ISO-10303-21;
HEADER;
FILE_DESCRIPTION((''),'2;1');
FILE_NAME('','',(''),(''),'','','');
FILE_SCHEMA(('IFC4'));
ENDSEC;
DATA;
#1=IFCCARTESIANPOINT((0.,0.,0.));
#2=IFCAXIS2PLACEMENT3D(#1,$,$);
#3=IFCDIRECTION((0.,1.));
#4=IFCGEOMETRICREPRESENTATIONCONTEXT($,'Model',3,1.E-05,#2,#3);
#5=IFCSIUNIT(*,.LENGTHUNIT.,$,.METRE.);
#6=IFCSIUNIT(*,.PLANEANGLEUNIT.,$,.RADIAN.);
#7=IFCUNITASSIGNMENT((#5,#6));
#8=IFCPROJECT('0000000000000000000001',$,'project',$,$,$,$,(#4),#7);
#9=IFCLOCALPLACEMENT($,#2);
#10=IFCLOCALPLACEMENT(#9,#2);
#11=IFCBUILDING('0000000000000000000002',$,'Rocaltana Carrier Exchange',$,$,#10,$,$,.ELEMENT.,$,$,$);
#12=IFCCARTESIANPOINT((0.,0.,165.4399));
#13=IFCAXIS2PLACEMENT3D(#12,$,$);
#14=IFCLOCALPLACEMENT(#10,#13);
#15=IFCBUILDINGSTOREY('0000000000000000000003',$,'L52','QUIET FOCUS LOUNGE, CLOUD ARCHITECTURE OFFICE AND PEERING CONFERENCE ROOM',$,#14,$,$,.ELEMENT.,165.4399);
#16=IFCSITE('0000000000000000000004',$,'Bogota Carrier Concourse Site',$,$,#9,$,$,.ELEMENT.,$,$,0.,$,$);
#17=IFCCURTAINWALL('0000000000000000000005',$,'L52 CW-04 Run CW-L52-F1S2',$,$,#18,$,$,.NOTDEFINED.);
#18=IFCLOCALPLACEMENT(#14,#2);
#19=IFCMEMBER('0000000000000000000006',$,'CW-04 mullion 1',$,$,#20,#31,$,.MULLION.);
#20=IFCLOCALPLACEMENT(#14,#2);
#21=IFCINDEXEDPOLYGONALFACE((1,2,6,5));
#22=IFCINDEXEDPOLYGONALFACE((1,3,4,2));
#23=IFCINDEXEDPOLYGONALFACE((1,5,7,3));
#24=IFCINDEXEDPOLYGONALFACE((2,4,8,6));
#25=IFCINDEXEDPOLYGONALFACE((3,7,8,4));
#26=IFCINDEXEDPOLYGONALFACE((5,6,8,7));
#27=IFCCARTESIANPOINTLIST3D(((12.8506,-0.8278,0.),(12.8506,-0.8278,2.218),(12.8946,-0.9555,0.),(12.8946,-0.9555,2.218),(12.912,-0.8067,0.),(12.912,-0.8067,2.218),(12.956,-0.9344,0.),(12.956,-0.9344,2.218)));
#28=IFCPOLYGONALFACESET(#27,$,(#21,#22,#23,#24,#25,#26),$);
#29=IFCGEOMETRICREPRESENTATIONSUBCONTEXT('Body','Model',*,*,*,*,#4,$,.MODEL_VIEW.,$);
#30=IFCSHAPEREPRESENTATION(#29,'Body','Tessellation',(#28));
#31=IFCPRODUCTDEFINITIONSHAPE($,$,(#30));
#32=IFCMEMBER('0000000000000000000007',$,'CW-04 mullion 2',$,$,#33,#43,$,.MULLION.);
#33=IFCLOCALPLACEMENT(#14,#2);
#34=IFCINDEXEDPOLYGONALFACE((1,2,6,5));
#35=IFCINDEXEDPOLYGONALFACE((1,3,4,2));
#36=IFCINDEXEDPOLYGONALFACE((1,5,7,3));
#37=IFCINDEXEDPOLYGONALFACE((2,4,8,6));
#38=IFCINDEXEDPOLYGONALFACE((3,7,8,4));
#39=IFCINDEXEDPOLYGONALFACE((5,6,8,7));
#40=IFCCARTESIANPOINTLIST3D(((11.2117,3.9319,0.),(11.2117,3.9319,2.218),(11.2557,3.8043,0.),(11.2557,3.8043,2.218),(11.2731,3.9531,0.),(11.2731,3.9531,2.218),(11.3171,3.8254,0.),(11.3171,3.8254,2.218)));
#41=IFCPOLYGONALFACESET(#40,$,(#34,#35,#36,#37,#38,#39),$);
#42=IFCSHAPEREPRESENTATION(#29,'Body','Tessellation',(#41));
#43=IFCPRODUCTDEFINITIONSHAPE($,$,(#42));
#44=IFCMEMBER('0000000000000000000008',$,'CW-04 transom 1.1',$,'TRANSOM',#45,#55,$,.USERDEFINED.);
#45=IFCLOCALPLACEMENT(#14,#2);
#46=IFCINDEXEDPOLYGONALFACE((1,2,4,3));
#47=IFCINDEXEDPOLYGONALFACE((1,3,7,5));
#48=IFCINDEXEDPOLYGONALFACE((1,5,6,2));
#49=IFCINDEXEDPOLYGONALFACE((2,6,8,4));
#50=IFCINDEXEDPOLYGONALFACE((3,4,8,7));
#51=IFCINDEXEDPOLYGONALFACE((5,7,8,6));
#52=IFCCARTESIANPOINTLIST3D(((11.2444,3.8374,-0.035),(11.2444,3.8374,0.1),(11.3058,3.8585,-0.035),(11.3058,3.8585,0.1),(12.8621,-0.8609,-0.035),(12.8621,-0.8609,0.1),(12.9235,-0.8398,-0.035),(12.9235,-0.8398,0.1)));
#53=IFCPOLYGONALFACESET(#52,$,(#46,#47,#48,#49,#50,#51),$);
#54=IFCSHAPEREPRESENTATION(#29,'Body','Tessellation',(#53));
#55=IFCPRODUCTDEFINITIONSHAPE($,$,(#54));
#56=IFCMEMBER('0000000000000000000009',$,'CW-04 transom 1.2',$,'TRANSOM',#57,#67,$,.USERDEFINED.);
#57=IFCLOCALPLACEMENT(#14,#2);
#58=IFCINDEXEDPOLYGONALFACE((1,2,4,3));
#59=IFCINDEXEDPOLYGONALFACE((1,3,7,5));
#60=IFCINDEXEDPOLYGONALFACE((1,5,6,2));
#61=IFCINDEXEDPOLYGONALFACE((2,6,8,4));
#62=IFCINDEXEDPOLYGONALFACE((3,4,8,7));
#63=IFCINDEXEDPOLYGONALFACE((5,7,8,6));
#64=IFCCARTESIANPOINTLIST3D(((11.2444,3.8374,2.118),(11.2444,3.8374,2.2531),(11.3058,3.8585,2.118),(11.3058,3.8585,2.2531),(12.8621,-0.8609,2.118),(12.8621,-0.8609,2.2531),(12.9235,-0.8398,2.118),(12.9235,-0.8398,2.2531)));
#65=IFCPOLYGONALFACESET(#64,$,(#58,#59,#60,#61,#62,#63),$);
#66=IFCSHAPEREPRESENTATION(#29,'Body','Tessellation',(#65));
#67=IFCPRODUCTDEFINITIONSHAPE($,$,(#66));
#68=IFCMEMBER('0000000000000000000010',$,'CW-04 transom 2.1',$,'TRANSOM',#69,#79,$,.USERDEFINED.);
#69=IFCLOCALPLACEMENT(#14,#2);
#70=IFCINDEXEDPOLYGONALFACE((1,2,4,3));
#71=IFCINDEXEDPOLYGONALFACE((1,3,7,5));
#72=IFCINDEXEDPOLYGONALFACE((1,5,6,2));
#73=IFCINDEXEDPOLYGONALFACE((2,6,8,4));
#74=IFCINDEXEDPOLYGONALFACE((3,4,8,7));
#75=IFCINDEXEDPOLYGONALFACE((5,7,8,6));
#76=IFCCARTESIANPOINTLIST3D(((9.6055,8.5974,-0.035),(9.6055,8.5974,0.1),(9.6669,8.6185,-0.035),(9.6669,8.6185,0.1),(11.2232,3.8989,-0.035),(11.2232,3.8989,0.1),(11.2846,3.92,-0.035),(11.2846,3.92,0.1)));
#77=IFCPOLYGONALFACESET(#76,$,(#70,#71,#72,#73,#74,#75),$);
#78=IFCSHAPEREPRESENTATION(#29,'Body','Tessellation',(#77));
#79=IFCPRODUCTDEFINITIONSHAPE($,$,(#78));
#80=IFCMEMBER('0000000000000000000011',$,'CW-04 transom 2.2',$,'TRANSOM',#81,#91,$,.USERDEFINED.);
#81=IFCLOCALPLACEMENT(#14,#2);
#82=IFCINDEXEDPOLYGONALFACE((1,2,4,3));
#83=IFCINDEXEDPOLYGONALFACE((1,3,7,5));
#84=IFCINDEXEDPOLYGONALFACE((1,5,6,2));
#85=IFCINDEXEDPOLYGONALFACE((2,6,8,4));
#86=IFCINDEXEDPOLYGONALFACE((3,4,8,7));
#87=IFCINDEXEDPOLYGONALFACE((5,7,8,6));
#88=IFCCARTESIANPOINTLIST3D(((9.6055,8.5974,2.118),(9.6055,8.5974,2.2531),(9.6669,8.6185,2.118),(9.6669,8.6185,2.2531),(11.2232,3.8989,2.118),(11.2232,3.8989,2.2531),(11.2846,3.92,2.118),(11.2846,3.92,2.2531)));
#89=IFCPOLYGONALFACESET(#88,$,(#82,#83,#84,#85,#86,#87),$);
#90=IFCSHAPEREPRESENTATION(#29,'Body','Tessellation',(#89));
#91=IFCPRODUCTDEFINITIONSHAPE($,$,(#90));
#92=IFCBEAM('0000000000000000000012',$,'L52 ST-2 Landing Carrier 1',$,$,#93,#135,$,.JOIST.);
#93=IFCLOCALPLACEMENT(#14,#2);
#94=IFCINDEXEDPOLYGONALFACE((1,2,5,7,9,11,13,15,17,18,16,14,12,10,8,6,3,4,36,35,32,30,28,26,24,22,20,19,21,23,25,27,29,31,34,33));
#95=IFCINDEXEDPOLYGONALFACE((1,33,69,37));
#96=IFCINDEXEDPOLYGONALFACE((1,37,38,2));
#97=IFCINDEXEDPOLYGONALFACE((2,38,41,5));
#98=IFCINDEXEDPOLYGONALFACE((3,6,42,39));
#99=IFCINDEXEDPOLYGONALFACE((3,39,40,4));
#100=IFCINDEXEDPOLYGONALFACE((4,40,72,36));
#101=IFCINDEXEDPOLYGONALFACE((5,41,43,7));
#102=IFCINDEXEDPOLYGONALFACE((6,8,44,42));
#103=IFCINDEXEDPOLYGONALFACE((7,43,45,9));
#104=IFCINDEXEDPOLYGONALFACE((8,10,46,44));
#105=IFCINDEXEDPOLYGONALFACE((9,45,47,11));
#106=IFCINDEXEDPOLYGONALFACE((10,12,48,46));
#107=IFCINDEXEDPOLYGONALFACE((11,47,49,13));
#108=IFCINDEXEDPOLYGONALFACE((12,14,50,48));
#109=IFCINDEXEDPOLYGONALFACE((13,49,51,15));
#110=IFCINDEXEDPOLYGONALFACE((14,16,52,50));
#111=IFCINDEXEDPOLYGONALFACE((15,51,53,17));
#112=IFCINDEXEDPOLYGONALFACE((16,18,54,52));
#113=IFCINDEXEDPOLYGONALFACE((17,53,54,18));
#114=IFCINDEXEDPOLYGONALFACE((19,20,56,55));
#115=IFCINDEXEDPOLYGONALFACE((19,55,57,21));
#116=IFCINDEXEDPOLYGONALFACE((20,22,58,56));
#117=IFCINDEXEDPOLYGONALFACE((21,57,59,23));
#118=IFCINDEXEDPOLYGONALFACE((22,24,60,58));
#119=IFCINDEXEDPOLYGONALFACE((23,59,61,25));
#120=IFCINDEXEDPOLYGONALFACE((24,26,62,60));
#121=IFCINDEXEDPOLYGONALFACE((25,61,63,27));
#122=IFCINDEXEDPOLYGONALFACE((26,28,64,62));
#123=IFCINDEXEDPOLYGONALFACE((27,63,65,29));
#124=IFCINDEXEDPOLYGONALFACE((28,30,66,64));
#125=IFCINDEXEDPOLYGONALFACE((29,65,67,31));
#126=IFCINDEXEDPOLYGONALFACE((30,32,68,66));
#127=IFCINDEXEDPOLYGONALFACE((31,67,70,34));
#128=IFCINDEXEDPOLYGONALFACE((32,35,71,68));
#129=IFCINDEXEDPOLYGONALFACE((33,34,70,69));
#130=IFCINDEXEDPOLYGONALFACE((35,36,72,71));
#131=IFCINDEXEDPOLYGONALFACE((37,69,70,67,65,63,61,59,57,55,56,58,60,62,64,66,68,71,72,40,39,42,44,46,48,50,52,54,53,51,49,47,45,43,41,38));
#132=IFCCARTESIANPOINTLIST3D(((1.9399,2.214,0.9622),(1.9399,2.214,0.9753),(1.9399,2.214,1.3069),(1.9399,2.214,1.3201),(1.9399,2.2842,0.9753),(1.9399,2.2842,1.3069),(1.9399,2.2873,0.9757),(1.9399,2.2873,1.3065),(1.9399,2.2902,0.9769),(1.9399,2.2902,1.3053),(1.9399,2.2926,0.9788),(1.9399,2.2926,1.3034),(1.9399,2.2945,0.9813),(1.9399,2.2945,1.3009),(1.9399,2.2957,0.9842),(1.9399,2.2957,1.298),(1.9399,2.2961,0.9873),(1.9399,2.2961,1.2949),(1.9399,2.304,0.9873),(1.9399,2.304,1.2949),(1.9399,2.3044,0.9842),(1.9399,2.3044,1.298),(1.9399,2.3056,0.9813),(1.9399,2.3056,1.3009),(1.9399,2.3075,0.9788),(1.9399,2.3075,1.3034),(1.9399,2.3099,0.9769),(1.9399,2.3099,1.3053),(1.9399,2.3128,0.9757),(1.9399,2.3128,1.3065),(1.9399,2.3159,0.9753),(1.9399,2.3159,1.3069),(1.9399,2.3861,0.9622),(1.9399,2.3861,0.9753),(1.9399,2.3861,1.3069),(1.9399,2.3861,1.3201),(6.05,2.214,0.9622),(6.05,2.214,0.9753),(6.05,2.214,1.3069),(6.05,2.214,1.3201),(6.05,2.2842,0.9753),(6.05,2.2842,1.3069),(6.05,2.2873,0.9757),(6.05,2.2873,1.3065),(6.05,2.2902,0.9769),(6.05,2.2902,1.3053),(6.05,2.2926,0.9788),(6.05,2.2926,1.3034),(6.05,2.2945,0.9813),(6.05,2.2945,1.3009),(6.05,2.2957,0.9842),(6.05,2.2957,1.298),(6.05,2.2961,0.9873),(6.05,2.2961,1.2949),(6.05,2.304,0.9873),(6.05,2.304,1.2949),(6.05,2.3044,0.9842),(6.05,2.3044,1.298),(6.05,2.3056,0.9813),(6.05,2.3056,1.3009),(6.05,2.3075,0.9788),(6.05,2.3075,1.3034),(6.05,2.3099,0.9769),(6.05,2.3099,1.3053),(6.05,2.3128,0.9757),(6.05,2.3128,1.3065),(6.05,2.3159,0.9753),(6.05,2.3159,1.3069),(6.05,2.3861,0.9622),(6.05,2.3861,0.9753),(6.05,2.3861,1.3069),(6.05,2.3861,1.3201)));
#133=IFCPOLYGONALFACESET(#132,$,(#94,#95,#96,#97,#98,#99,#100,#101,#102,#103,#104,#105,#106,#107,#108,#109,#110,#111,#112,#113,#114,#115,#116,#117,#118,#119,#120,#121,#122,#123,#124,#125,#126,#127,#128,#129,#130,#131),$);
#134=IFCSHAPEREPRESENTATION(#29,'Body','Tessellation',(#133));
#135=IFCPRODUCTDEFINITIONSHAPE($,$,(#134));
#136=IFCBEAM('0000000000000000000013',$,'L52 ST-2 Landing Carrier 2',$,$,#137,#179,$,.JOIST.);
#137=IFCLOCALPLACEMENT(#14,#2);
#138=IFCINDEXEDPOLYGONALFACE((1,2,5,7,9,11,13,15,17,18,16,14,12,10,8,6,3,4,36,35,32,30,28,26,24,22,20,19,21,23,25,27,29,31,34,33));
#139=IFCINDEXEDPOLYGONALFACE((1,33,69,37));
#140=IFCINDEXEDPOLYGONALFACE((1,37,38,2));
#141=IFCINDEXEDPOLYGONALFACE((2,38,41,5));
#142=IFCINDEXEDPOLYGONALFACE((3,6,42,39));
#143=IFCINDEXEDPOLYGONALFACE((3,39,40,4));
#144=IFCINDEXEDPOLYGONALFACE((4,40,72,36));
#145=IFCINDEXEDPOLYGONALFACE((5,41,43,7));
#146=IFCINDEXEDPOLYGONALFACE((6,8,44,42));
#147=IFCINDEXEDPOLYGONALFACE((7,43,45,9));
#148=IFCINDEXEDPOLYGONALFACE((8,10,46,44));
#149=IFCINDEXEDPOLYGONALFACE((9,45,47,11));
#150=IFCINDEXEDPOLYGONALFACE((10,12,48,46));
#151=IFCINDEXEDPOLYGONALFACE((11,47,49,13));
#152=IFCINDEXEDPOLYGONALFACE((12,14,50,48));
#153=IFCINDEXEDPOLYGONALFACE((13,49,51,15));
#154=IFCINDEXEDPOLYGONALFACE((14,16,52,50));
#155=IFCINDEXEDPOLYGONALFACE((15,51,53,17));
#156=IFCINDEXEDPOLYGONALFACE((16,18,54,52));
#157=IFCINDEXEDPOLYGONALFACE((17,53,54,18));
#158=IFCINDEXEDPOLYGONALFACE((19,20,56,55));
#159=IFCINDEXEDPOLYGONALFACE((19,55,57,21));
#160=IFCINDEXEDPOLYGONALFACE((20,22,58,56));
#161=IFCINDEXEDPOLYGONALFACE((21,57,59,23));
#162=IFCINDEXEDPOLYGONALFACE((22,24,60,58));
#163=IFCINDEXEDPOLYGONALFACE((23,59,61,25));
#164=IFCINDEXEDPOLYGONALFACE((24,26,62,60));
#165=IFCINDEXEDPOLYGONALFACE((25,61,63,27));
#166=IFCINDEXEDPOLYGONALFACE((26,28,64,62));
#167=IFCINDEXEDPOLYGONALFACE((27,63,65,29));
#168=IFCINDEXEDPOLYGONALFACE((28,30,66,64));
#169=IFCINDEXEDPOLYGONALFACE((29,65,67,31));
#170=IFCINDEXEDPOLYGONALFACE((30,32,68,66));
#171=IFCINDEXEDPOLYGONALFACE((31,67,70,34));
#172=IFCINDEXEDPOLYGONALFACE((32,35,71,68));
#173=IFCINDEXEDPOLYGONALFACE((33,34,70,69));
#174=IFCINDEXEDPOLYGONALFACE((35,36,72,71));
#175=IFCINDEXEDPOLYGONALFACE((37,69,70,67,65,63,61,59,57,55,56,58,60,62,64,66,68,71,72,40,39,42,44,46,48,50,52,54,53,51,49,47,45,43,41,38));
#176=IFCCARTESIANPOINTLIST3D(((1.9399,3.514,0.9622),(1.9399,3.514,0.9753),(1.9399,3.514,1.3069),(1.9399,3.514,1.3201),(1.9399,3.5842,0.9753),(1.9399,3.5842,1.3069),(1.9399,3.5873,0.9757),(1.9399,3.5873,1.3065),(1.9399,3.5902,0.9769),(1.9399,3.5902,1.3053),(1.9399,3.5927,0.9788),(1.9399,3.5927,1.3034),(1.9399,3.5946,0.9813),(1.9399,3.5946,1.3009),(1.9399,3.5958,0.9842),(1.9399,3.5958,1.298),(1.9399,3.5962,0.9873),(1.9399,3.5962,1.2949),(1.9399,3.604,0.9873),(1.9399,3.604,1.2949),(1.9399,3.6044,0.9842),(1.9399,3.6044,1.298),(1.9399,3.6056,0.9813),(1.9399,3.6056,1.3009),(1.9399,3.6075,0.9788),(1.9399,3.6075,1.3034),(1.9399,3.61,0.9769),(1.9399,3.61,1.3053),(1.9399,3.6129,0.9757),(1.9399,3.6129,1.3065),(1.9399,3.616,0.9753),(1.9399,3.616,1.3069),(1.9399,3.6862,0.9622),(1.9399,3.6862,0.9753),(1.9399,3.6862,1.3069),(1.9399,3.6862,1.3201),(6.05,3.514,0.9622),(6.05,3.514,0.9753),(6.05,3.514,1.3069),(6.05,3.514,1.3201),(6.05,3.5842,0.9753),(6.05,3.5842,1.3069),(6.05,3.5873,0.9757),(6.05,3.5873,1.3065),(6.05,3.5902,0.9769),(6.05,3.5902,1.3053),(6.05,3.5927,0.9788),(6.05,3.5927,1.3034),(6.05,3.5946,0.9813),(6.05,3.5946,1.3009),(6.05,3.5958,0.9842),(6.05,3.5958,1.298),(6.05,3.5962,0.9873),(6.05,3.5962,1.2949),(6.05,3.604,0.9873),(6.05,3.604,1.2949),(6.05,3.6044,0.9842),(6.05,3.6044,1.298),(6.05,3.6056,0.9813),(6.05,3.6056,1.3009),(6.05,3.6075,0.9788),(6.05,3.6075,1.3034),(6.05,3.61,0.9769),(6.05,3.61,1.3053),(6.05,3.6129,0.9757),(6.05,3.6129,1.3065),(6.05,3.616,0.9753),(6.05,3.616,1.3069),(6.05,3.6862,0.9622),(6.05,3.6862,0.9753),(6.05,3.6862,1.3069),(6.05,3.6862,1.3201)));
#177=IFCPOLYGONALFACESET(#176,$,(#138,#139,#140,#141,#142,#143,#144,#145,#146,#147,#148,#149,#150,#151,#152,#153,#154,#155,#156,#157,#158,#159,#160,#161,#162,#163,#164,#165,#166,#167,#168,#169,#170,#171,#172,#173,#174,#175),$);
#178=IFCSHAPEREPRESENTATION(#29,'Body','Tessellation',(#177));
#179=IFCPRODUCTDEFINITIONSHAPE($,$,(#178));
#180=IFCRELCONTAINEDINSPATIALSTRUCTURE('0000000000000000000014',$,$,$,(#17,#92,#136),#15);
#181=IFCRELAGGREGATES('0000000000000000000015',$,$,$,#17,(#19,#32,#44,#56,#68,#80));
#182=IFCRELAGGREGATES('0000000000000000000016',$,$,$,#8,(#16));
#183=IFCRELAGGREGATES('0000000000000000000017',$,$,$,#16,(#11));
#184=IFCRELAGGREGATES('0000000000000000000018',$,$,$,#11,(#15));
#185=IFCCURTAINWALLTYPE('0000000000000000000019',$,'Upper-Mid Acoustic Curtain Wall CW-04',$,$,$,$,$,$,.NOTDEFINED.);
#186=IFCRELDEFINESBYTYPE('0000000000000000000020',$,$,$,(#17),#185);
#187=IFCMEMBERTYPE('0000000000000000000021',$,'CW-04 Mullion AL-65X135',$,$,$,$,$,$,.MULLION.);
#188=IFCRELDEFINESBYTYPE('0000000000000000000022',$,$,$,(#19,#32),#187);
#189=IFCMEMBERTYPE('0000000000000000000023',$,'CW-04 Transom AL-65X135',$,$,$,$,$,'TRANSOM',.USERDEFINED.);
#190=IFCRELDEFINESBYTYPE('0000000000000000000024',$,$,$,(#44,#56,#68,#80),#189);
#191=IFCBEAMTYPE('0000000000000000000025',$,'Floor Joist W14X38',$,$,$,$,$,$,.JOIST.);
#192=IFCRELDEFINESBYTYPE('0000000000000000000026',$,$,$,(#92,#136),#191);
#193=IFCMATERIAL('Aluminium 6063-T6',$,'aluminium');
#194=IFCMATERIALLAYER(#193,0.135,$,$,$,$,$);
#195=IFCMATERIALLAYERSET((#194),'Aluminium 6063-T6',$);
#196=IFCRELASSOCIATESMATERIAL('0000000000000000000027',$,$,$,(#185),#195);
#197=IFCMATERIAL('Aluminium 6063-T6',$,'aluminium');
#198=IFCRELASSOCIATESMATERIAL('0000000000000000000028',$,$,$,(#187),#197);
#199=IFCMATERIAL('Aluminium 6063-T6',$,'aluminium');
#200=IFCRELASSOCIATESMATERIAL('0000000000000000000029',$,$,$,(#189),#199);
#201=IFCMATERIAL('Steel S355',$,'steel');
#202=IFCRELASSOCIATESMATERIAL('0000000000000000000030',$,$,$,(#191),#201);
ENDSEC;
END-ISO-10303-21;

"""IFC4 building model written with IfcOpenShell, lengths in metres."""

from ifc_helpers import new_model, si_unit, direction, frame, origin, origin_2d, place, context, subcontext, project, spatial, rectangle, i_section, extrude, material, layer, layer_set, material_profile, profile_set, type_object, element, aggregate, save


model = new_model("IFC4")

# Units and contexts
model_context = context("Model", 3, precision=1e-05, world=origin(), true_north=direction((0.0, 1.0)))
body_context = subcontext(model_context, "Body", "Model", "MODEL_VIEW")
ifc_project = project(units=[si_unit("LENGTHUNIT", "METRE"), si_unit("PLANEANGLEUNIT", "RADIAN")], contexts=[model_context])

# Site, building, storey
site_placement = place(None, origin())
site = spatial("IfcSite", under=ifc_project, at=site_placement, Name="Bogota Carrier Concourse Site", CompositionType="ELEMENT", RefElevation=0.0)
building_placement = place(site_placement, origin())
building = spatial("IfcBuilding", under=site, at=building_placement, Name="Rocaltana Carrier Exchange", CompositionType="ELEMENT")
storey_placement = place(building_placement, frame((0.0, 0.0, 165.4399)))
storey = spatial("IfcBuildingStorey", under=building, at=storey_placement, Name="L52", Description="QUIET FOCUS LOUNGE, CLOUD ARCHITECTURE OFFICE AND PEERING CONFERENCE ROOM", CompositionType="ELEMENT", Elevation=165.4399)

# Curtain wall, members
ifc_material_1 = material(Name="Aluminium 6063-T6", Category="aluminium")
ifc_layer_1 = layer(ifc_material_1, 0.135)
ifc_layer_set_1 = layer_set([ifc_layer_1], Name="Aluminium 6063-T6")
curtain_wall_type = type_object("IfcCurtainWallType", Name="Upper-Mid Acoustic Curtain Wall CW-04", PredefinedType="NOTDEFINED", material=ifc_layer_set_1)
curtain_wall_placement = place(storey_placement, origin())
curtain_wall = element("IfcCurtainWall", 1, at=curtain_wall_placement, inside=storey, type_object=curtain_wall_type, Name="L52 CW-04 Run CW-L52-F1S2", PredefinedType="NOTDEFINED")
ifc_material_2 = material(Name="Aluminium 6063-T6", Category="aluminium")
ifc_material_profile_1 = material_profile(ifc_material_2, rectangle(XDim=0.0649, YDim=0.135, at=origin_2d()), Name="AL-65X135")
ifc_profile_set_1 = profile_set([ifc_material_profile_1], Name="Aluminium 6063-T6")
member_type_1 = type_object("IfcMemberType", Name="CW-04 Mullion AL-65X135", PredefinedType="MULLION", material=ifc_profile_set_1)
member_1_placement = place(storey_placement, frame((12.9033, -0.8811, 0.0), z_axis=(0.0, 0.0, 1.0), x_axis=(-0.945521, -0.325562, 0.0)))
member_1 = element("IfcMember", 2, at=member_1_placement, type_object=member_type_1, Name="CW-04 mullion 1", PredefinedType="MULLION", context=body_context, shape_type="SweptSolid", body=[
    extrude(rectangle(XDim=0.0649, YDim=0.135, at=origin_2d()), origin(), (0.0, 0.0, 1.0), 2.218),
])
member_2_placement = place(storey_placement, frame((11.2644, 3.8787, 0.0), z_axis=(0.0, 0.0, 1.0), x_axis=(-0.945521, -0.325562, 0.0)))
member_2 = element("IfcMember", 3, at=member_2_placement, type_object=member_type_1, Name="CW-04 mullion 2", PredefinedType="MULLION", context=body_context, shape_type="SweptSolid", body=[
    extrude(rectangle(XDim=0.0649, YDim=0.135, at=origin_2d()), origin(), (0.0, 0.0, 1.0), 2.218),
])
ifc_material_3 = material(Name="Aluminium 6063-T6", Category="aluminium")
ifc_material_profile_2 = material_profile(ifc_material_3, rectangle(XDim=0.0649, YDim=0.135, at=origin_2d()), Name="AL-65X135")
ifc_profile_set_2 = profile_set([ifc_material_profile_2], Name="Aluminium 6063-T6")
member_type_2 = type_object("IfcMemberType", Name="CW-04 Transom AL-65X135", ElementType="TRANSOM", PredefinedType="USERDEFINED", material=ifc_profile_set_2)
member_3_placement = place(storey_placement, frame((12.8928, -0.8503, 0.0325), z_axis=(-0.325558, 0.945522, 0.0), x_axis=(-0.945522, -0.325558, 0.0)))
member_3 = element("IfcMember", 4, at=member_3_placement, type_object=member_type_2, Name="CW-04 transom 1.1", ObjectType="TRANSOM", PredefinedType="USERDEFINED", context=body_context, shape_type="SweptSolid", body=[
    extrude(rectangle(XDim=0.0649, YDim=0.135, at=origin_2d()), origin(), (0.0, 0.0, 1.0), 4.969),
])
member_4_placement = place(storey_placement, frame((12.8928, -0.8503, 2.1855), z_axis=(-0.325558, 0.945522, 0.0), x_axis=(-0.945522, -0.325558, 0.0)))
member_4 = element("IfcMember", 5, at=member_4_placement, type_object=member_type_2, Name="CW-04 transom 1.2", ObjectType="TRANSOM", PredefinedType="USERDEFINED", context=body_context, shape_type="SweptSolid", body=[
    extrude(rectangle(XDim=0.0649, YDim=0.135, at=origin_2d()), origin(), (0.0, 0.0, 1.0), 4.969),
])
member_5_placement = place(storey_placement, frame((11.2539, 3.9094, 0.0325), z_axis=(-0.325542, 0.945527, 0.0), x_axis=(-0.945527, -0.325542, 0.0)))
member_5 = element("IfcMember", 6, at=member_5_placement, type_object=member_type_2, Name="CW-04 transom 2.1", ObjectType="TRANSOM", PredefinedType="USERDEFINED", context=body_context, shape_type="SweptSolid", body=[
    extrude(rectangle(XDim=0.0649, YDim=0.135, at=origin_2d()), origin(), (0.0, 0.0, 1.0), 4.9692),
])
member_6_placement = place(storey_placement, frame((11.2539, 3.9094, 2.1855), z_axis=(-0.325542, 0.945527, 0.0), x_axis=(-0.945527, -0.325542, 0.0)))
member_6 = element("IfcMember", 7, at=member_6_placement, type_object=member_type_2, Name="CW-04 transom 2.2", ObjectType="TRANSOM", PredefinedType="USERDEFINED", context=body_context, shape_type="SweptSolid", body=[
    extrude(rectangle(XDim=0.0649, YDim=0.135, at=origin_2d()), origin(), (0.0, 0.0, 1.0), 4.9692),
])

# Beams
ifc_material_4 = material(Name="Steel S355", Category="steel")
ifc_material_profile_3 = material_profile(ifc_material_4, i_section(OverallWidth=0.1721, OverallDepth=0.3579, WebThickness=0.0078, FlangeThickness=0.0132, FilletRadius=0.012, at=origin_2d()), Name="W14X38")
ifc_profile_set_3 = profile_set([ifc_material_profile_3], Name="Steel S355")
beam_type_1 = type_object("IfcBeamType", Name="Floor Joist W14X38", PredefinedType="JOIST", material=ifc_profile_set_3)
for number, where, z_axis, x_axis, name in (
    (8, (1.9399, 2.3, 1.1411), (1.0, 0.0, 0.0), (0.0, 1.0, 0.0), "L52 ST-2 Landing Carrier 1"),
    (9, (1.9399, 3.6001, 1.1411), (1.0, 0.0, 0.0), (0.0, 1.0, 0.0), "L52 ST-2 Landing Carrier 2"),
):
    element("IfcBeam", number, at=place(storey_placement, frame(where, z_axis=z_axis, x_axis=x_axis)), inside=storey, type_object=beam_type_1, Name=name, PredefinedType="JOIST", context=body_context, shape_type="SweptSolid", body=[
        extrude(i_section(OverallWidth=0.1721, OverallDepth=0.3579, WebThickness=0.0078, FlangeThickness=0.0132, FilletRadius=0.012, at=origin_2d()), origin(), (0.0, 0.0, 1.0), 4.1101),
    ])

aggregate(curtain_wall, [member_1, member_2, member_3, member_4, member_5, member_6])

save(model, "model.ifc")
